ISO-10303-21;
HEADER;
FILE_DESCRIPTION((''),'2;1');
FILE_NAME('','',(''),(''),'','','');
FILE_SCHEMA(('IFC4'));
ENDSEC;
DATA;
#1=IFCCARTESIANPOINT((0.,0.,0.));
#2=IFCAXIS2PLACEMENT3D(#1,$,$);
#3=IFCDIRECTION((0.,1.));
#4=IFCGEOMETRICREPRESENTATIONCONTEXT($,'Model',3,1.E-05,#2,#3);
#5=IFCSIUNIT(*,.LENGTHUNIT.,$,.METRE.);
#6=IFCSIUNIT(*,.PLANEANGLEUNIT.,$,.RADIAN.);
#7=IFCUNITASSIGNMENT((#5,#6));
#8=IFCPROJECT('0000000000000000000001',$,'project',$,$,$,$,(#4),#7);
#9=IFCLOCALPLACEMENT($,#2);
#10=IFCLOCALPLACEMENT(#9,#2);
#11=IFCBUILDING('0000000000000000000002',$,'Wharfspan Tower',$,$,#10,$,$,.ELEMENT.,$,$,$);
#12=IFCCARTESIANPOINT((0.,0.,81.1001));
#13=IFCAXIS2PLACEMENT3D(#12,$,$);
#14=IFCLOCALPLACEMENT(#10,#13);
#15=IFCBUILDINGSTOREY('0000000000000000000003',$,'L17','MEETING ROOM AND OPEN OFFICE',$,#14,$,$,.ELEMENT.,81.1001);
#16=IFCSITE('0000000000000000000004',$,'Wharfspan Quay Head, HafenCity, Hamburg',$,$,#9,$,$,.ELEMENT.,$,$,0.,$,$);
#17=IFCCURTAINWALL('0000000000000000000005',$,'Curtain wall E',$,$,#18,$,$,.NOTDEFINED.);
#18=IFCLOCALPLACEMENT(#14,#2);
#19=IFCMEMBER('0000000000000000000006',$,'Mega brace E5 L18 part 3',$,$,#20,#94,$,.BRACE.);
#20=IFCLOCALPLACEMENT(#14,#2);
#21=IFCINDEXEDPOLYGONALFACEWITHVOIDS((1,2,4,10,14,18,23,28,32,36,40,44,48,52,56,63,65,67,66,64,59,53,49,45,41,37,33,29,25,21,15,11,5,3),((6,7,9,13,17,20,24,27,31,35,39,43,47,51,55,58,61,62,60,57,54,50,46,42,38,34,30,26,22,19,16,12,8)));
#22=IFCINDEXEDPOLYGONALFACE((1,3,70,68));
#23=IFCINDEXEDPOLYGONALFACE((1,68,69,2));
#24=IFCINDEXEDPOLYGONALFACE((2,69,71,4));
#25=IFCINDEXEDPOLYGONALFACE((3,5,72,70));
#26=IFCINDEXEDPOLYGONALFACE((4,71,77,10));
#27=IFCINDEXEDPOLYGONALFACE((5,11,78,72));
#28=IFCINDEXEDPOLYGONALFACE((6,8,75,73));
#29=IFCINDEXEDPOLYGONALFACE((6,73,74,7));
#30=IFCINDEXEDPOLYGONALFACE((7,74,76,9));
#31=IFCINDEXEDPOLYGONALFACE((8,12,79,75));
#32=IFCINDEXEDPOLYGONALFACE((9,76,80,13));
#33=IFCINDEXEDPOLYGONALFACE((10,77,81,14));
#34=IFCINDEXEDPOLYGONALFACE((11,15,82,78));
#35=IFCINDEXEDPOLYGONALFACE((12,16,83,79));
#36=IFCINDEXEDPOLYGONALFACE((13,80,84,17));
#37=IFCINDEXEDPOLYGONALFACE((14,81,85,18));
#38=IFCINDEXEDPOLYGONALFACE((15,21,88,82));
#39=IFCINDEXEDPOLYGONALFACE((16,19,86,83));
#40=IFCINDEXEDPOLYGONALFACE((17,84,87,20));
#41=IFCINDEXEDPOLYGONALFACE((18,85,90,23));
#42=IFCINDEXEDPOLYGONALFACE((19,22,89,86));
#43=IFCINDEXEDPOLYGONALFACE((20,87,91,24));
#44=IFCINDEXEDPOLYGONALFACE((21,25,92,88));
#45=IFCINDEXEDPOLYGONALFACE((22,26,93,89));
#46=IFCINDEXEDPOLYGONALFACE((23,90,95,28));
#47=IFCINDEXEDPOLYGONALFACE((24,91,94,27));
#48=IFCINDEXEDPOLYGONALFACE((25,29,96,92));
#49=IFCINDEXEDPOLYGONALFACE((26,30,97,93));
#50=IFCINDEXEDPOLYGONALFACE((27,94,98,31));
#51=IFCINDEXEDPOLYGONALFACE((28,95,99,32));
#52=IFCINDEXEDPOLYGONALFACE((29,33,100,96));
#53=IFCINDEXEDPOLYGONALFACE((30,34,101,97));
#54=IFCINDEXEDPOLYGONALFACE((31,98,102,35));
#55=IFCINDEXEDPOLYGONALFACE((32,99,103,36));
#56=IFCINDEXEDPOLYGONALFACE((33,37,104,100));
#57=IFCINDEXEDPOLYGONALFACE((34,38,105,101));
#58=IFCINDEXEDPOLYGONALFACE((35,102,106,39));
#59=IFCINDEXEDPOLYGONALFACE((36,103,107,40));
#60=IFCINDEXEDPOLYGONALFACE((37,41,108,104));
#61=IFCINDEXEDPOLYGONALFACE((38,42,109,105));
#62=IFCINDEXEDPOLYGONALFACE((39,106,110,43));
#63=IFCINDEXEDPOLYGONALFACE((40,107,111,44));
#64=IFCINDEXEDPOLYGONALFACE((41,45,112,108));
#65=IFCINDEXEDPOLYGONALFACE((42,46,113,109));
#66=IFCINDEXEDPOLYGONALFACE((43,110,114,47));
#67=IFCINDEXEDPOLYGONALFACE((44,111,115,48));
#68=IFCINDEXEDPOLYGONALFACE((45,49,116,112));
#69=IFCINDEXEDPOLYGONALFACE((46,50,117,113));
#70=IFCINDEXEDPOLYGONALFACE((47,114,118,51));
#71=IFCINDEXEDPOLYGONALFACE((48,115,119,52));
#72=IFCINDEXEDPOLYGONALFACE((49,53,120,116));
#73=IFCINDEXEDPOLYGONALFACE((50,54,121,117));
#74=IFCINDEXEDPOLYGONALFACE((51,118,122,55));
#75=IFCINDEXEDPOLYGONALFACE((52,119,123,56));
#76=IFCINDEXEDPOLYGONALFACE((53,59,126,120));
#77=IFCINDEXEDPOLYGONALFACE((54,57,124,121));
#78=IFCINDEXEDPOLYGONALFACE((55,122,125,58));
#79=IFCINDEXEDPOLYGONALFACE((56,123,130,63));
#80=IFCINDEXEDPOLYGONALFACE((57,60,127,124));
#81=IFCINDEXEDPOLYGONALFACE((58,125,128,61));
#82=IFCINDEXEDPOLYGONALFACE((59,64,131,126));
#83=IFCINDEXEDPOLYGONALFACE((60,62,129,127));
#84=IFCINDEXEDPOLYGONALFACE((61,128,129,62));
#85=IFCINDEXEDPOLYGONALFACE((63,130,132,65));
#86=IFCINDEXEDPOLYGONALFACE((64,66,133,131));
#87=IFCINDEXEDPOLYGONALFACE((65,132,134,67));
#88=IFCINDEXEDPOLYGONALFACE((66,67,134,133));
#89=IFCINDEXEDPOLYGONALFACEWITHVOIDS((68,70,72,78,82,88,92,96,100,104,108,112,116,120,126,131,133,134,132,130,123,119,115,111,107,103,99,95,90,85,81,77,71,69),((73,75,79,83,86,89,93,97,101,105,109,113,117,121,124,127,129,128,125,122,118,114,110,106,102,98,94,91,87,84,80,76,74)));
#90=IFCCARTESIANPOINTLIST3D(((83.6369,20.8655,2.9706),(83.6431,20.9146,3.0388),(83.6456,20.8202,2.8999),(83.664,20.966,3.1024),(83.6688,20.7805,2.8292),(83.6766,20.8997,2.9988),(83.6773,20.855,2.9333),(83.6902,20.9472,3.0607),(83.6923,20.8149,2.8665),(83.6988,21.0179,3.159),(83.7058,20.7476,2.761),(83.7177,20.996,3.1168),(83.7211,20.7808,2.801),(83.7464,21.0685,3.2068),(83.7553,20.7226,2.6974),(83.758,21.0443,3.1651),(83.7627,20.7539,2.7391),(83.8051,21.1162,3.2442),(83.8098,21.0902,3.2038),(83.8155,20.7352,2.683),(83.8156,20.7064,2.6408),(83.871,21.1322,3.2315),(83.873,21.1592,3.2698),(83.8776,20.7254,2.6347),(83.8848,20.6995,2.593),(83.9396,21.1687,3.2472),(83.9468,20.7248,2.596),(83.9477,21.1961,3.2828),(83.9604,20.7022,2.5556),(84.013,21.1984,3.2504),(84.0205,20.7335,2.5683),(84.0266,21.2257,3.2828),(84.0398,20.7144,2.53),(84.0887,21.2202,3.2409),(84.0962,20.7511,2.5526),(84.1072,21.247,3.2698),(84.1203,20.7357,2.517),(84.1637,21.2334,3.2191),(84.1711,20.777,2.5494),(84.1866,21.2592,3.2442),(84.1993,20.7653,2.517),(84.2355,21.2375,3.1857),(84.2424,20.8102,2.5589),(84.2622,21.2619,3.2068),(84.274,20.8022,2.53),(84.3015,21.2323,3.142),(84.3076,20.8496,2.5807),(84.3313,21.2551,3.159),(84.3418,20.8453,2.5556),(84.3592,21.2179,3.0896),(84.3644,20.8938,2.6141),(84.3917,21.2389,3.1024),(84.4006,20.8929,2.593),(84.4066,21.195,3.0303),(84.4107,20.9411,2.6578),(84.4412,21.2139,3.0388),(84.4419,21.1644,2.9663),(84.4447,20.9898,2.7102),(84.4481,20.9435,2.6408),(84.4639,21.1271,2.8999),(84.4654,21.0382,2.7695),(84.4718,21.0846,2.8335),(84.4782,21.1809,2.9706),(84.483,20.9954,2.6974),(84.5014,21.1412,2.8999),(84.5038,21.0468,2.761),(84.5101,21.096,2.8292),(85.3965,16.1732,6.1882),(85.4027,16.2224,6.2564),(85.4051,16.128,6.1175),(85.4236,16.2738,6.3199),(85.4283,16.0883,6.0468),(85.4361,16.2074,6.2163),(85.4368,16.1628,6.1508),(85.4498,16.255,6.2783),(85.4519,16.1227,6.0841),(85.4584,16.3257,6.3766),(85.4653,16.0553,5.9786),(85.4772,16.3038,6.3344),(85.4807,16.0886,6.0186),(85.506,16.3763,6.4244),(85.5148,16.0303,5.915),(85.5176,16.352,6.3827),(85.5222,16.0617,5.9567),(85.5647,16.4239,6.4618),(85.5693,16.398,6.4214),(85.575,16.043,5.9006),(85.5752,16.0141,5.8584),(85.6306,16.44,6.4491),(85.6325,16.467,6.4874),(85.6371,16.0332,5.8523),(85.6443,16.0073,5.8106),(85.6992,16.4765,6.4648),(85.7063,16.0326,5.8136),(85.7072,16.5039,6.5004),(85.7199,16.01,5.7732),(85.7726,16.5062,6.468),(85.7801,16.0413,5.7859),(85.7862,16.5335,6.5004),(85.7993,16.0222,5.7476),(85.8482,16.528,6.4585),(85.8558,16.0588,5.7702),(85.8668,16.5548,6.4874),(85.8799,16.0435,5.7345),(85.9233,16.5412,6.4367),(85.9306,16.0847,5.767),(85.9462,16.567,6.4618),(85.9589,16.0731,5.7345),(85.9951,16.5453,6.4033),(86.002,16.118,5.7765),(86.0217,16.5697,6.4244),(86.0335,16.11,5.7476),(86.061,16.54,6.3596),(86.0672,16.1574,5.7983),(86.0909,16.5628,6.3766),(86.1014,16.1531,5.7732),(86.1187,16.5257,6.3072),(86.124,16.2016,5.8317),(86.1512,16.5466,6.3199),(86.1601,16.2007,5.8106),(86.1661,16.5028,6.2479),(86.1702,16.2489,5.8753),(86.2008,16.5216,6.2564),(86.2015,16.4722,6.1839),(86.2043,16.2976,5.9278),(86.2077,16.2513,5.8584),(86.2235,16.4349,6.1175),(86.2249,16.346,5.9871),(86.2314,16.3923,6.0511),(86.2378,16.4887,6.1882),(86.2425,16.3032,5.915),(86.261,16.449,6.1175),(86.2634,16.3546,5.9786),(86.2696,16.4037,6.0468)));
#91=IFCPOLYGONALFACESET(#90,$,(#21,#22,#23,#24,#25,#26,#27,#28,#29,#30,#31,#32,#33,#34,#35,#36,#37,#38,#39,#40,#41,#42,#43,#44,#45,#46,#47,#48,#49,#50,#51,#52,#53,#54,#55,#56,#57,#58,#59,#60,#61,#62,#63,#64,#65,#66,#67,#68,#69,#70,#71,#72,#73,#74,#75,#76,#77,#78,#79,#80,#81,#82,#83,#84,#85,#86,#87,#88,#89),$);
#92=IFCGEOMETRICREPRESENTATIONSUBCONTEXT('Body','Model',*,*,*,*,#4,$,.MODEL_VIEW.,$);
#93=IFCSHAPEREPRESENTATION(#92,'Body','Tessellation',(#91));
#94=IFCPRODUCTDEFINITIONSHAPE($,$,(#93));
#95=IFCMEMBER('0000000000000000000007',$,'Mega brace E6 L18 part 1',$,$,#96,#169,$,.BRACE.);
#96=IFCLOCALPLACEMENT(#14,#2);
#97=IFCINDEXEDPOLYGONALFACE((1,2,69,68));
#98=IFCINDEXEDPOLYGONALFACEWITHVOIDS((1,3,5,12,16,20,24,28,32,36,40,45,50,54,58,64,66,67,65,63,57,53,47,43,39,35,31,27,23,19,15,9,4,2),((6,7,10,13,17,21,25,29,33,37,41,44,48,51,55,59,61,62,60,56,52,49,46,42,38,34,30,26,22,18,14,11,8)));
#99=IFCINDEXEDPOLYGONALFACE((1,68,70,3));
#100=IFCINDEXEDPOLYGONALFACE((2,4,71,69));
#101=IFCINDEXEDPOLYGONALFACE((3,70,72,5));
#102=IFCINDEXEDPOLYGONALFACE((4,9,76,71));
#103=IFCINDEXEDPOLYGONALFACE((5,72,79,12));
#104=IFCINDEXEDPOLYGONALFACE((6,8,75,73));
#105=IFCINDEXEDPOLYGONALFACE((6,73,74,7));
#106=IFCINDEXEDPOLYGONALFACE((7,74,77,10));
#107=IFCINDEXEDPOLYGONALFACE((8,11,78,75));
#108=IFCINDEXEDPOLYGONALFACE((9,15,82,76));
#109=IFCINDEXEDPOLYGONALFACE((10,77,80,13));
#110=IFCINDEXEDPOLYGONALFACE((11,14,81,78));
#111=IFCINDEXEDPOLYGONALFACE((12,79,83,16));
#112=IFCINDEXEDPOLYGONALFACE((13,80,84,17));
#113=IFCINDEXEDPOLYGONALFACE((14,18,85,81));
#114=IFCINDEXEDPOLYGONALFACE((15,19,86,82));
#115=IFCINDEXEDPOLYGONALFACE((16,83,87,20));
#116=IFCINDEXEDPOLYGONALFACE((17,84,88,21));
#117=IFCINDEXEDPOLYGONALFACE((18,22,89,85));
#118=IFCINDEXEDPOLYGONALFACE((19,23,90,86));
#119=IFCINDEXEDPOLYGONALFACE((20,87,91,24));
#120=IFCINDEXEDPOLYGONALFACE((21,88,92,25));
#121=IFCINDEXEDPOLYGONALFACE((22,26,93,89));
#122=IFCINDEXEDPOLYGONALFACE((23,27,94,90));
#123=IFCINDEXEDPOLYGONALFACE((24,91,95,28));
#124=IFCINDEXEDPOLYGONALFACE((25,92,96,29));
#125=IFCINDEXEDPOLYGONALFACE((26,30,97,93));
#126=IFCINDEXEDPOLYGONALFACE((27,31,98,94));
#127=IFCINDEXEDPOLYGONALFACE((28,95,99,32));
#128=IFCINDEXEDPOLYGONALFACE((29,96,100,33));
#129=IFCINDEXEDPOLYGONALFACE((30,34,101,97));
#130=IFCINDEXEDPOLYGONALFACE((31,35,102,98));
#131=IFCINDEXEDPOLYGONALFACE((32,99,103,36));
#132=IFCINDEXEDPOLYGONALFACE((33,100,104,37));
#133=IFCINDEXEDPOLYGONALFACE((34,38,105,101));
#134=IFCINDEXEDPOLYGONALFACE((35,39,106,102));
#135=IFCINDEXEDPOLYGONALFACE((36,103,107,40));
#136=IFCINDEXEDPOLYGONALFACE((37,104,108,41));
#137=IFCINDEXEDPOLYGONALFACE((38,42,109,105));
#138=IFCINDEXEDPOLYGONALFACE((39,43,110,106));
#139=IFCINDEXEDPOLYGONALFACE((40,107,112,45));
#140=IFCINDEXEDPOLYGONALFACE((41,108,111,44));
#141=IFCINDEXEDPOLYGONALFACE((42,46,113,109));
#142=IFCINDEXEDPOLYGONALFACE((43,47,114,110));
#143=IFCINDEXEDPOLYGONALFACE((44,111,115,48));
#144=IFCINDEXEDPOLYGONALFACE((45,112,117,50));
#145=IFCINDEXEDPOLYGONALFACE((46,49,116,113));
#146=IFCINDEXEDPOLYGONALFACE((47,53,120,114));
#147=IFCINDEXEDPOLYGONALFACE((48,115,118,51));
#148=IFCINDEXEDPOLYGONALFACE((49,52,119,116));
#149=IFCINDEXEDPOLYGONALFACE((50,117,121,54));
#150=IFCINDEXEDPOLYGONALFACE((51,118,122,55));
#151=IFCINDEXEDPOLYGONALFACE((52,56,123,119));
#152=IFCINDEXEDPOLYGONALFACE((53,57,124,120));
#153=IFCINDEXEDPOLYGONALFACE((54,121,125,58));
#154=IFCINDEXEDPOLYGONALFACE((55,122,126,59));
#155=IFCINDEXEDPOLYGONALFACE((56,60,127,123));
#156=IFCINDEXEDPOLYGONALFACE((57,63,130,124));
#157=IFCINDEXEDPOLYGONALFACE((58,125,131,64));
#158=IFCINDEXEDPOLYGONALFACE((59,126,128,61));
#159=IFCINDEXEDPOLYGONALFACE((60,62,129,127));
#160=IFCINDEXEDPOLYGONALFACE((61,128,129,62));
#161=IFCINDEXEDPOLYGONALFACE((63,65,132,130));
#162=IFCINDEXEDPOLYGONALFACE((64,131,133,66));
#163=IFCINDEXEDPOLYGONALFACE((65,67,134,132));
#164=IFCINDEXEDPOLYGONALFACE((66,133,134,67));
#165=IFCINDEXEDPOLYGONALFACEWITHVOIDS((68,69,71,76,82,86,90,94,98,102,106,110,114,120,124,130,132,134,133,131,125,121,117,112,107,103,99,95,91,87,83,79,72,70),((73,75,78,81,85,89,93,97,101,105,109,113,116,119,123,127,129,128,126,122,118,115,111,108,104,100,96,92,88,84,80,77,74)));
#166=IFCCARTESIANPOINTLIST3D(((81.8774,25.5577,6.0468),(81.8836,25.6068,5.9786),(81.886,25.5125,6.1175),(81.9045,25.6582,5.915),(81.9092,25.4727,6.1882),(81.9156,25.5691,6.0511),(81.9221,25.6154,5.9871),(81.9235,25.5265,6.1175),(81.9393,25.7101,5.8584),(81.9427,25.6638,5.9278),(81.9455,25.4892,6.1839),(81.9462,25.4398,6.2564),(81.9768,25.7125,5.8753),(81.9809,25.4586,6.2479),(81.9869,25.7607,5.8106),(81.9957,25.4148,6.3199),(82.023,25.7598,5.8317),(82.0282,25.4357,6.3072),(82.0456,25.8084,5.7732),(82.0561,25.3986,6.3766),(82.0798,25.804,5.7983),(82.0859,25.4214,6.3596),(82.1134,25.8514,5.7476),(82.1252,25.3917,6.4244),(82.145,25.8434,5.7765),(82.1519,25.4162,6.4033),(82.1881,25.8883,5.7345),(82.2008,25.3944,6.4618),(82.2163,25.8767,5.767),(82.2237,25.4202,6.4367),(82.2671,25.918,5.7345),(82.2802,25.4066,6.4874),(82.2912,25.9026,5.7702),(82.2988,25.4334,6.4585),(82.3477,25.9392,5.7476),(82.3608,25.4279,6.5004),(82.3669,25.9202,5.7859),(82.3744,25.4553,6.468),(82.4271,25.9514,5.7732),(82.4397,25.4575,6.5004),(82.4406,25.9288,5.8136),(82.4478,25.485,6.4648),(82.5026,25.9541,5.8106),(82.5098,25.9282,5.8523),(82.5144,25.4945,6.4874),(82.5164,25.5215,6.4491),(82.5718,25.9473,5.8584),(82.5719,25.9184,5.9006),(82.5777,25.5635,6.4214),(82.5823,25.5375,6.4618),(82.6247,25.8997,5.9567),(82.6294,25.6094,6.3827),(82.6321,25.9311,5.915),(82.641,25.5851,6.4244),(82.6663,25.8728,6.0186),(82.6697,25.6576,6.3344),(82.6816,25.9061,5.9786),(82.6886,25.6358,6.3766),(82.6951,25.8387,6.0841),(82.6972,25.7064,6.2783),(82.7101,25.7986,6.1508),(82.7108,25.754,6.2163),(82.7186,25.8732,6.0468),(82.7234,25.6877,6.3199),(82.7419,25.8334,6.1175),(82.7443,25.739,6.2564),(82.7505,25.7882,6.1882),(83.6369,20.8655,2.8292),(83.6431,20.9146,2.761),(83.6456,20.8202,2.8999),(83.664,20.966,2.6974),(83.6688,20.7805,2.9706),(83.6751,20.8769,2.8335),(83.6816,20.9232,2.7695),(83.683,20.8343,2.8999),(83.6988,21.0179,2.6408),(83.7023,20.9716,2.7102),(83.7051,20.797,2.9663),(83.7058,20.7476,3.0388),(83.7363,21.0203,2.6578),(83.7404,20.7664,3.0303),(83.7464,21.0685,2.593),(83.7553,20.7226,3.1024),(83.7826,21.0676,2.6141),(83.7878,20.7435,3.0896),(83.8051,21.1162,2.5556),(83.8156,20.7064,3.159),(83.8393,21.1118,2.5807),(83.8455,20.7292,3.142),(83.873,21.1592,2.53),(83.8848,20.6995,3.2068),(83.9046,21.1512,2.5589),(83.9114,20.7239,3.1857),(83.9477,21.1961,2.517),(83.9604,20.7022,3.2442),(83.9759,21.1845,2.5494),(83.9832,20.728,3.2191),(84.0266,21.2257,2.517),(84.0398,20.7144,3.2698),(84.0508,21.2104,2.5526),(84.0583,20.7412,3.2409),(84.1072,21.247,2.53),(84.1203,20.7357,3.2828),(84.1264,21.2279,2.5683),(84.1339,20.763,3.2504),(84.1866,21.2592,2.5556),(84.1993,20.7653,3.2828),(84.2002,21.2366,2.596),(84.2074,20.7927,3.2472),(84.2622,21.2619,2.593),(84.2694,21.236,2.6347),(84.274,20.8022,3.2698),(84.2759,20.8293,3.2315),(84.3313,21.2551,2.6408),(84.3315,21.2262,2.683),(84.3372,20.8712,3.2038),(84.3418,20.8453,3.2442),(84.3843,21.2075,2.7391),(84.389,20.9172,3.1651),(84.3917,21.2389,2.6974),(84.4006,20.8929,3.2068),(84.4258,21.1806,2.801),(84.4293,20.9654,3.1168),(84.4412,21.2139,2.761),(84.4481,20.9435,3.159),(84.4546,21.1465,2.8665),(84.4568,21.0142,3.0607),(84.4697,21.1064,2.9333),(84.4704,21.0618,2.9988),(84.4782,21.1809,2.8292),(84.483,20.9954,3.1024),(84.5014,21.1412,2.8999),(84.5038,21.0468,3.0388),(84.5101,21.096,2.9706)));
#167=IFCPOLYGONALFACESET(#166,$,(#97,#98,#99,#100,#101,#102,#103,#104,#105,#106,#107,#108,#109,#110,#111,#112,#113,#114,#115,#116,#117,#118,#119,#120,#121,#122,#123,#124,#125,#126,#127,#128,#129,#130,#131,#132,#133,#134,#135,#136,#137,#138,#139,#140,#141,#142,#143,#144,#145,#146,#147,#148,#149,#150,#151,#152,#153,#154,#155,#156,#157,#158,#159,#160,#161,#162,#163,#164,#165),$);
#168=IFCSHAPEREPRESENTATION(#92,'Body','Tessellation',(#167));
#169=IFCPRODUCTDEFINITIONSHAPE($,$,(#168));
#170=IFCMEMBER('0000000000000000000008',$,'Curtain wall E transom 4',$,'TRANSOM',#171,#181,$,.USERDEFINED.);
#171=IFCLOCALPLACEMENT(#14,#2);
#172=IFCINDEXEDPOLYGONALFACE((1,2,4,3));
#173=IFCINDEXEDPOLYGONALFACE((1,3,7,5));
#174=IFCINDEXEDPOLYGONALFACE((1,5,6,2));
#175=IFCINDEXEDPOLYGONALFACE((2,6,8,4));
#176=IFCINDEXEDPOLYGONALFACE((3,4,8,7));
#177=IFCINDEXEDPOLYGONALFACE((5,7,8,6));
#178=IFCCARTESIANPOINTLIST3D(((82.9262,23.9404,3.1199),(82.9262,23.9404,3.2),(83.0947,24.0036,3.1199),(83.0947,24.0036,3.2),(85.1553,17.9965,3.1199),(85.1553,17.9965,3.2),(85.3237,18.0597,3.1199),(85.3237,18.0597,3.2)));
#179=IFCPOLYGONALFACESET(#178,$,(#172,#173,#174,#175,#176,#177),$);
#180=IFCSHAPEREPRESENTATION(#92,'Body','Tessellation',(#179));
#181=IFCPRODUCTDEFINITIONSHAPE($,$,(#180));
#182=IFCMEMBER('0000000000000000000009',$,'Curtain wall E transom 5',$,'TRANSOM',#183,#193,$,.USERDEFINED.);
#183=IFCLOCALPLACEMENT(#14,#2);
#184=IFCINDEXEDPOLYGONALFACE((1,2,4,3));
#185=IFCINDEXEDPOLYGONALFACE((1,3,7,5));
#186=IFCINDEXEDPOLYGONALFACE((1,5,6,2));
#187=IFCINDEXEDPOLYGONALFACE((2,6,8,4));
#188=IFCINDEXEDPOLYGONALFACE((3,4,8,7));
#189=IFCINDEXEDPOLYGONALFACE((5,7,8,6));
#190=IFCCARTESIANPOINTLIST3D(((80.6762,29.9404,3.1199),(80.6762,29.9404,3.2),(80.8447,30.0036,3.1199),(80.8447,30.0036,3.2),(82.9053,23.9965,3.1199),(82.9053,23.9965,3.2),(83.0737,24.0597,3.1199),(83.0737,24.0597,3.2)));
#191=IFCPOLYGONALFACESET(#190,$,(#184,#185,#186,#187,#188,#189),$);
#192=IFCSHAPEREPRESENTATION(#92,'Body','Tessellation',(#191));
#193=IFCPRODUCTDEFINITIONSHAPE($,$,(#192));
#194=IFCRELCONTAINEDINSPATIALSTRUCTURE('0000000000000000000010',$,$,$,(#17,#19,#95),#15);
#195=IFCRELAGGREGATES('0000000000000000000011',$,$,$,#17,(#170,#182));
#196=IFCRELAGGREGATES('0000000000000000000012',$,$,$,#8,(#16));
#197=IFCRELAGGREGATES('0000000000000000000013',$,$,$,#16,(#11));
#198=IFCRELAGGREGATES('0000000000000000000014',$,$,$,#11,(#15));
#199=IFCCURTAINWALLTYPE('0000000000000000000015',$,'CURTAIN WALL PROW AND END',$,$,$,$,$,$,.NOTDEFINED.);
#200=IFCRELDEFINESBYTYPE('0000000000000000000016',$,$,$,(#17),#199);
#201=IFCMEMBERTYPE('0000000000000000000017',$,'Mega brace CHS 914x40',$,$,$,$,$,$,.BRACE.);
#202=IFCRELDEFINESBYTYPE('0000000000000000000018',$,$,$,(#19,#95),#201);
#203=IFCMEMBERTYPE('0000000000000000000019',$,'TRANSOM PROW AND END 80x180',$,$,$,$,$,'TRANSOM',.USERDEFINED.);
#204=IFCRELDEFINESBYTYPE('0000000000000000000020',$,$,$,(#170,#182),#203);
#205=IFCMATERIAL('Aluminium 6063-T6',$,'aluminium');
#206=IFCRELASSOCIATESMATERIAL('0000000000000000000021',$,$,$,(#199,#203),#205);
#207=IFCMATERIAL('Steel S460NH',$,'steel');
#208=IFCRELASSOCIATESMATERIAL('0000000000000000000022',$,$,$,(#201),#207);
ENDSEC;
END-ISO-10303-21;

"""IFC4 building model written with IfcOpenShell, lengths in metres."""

from ifc_helpers import new_model, si_unit, direction, frame, origin, origin_2d, place, context, subcontext, project, spatial, rectangle, hollow_circle, extrude, material, material_profile, profile_set, type_object, element, aggregate, save


model = new_model("IFC4")

# Units and contexts
model_context = context("Model", 3, precision=1e-05, world=origin(), true_north=direction((0.0, 1.0)))
body_context = subcontext(model_context, "Body", "Model", "MODEL_VIEW")
ifc_project = project(units=[si_unit("LENGTHUNIT", "METRE"), si_unit("PLANEANGLEUNIT", "RADIAN")], contexts=[model_context])

# Site, building, storey
site_placement = place(None, origin())
site = spatial("IfcSite", under=ifc_project, at=site_placement, Name="Wharfspan Quay Head, HafenCity, Hamburg", CompositionType="ELEMENT", RefElevation=0.0)
building_placement = place(site_placement, origin())
building = spatial("IfcBuilding", under=site, at=building_placement, Name="Wharfspan Tower", CompositionType="ELEMENT")
storey_placement = place(building_placement, frame((0.0, 0.0, 81.1001)))
storey = spatial("IfcBuildingStorey", under=building, at=storey_placement, Name="L17", Description="MEETING ROOM AND OPEN OFFICE", CompositionType="ELEMENT", Elevation=81.1001)

# Curtain wall
ifc_material_1 = material(Name="Aluminium 6063-T6", Category="aluminium")
curtain_wall_type = type_object("IfcCurtainWallType", Name="CURTAIN WALL PROW AND END", PredefinedType="NOTDEFINED", material=ifc_material_1)
curtain_wall_placement = place(storey_placement, origin())
curtain_wall = element("IfcCurtainWall", 1, at=curtain_wall_placement, inside=storey, type_object=curtain_wall_type, Name="Curtain wall E", PredefinedType="NOTDEFINED")

# Members
ifc_material_2 = material(Name="Steel S460NH", Category="steel")
ifc_material_profile_1 = material_profile(ifc_material_2, hollow_circle(Radius=0.457, WallThickness=0.04, at=origin_2d()))
ifc_profile_set_1 = profile_set([ifc_material_profile_1], Name="Steel S460NH")
member_type_1 = type_object("IfcMemberType", Name="Mega brace CHS 914x40", PredefinedType="BRACE", material=ifc_profile_set_1)
for number, where, z_axis, x_axis, name in (
    (2, (84.0735, 20.9807, 2.8999), (0.295459, -0.787904, 0.540288), (0.936328, 0.351115, -0.000003), "Mega brace E5 L18 part 3"),
    (3, (84.0735, 20.9807, 2.8999), (-0.295459, 0.787904, 0.540288), (-0.936328, -0.351115, -0.000003), "Mega brace E6 L18 part 1"),
):
    element("IfcMember", number, at=place(storey_placement, frame(where, z_axis=z_axis, x_axis=x_axis)), inside=storey, type_object=member_type_1, Name=name, PredefinedType="BRACE", context=body_context, shape_type="SweptSolid", body=[
        extrude(hollow_circle(Radius=0.457, WallThickness=0.04, at=origin_2d()), origin(), (0.0, 0.0, 1.0), 5.9553),
    ])

# Members
ifc_material_profile_2 = material_profile(ifc_material_1, rectangle(XDim=0.1799, YDim=0.0801, at=origin_2d()))
ifc_profile_set_2 = profile_set([ifc_material_profile_2], Name="Aluminium 6063-T6")
member_type_2 = type_object("IfcMemberType", Name="TRANSOM PROW AND END 80x180", ElementType="TRANSOM", PredefinedType="USERDEFINED", material=ifc_profile_set_2)
member_1_placement = place(storey_placement, frame((85.2395, 18.0281, 3.1599), z_axis=(-0.351132, 0.936326, 0.0), x_axis=(-0.936326, -0.351132, 0.0)))
member_1 = element("IfcMember", 4, at=member_1_placement, type_object=member_type_2, Name="Curtain wall E transom 4", ObjectType="TRANSOM", PredefinedType="USERDEFINED", context=body_context, shape_type="SweptSolid", body=[
    extrude(rectangle(XDim=0.1799, YDim=0.0801, at=origin_2d()), origin(), (0.0, 0.0, 1.0), 6.3481),
])
member_2_placement = place(storey_placement, frame((82.9895, 24.0281, 3.1599), z_axis=(-0.351132, 0.936326, 0.0), x_axis=(-0.936326, -0.351132, 0.0)))
member_2 = element("IfcMember", 5, at=member_2_placement, type_object=member_type_2, Name="Curtain wall E transom 5", ObjectType="TRANSOM", PredefinedType="USERDEFINED", context=body_context, shape_type="SweptSolid", body=[
    extrude(rectangle(XDim=0.1799, YDim=0.0801, at=origin_2d()), origin(), (0.0, 0.0, 1.0), 6.3481),
])

aggregate(curtain_wall, [member_1, member_2])

save(model, "model.ifc")
